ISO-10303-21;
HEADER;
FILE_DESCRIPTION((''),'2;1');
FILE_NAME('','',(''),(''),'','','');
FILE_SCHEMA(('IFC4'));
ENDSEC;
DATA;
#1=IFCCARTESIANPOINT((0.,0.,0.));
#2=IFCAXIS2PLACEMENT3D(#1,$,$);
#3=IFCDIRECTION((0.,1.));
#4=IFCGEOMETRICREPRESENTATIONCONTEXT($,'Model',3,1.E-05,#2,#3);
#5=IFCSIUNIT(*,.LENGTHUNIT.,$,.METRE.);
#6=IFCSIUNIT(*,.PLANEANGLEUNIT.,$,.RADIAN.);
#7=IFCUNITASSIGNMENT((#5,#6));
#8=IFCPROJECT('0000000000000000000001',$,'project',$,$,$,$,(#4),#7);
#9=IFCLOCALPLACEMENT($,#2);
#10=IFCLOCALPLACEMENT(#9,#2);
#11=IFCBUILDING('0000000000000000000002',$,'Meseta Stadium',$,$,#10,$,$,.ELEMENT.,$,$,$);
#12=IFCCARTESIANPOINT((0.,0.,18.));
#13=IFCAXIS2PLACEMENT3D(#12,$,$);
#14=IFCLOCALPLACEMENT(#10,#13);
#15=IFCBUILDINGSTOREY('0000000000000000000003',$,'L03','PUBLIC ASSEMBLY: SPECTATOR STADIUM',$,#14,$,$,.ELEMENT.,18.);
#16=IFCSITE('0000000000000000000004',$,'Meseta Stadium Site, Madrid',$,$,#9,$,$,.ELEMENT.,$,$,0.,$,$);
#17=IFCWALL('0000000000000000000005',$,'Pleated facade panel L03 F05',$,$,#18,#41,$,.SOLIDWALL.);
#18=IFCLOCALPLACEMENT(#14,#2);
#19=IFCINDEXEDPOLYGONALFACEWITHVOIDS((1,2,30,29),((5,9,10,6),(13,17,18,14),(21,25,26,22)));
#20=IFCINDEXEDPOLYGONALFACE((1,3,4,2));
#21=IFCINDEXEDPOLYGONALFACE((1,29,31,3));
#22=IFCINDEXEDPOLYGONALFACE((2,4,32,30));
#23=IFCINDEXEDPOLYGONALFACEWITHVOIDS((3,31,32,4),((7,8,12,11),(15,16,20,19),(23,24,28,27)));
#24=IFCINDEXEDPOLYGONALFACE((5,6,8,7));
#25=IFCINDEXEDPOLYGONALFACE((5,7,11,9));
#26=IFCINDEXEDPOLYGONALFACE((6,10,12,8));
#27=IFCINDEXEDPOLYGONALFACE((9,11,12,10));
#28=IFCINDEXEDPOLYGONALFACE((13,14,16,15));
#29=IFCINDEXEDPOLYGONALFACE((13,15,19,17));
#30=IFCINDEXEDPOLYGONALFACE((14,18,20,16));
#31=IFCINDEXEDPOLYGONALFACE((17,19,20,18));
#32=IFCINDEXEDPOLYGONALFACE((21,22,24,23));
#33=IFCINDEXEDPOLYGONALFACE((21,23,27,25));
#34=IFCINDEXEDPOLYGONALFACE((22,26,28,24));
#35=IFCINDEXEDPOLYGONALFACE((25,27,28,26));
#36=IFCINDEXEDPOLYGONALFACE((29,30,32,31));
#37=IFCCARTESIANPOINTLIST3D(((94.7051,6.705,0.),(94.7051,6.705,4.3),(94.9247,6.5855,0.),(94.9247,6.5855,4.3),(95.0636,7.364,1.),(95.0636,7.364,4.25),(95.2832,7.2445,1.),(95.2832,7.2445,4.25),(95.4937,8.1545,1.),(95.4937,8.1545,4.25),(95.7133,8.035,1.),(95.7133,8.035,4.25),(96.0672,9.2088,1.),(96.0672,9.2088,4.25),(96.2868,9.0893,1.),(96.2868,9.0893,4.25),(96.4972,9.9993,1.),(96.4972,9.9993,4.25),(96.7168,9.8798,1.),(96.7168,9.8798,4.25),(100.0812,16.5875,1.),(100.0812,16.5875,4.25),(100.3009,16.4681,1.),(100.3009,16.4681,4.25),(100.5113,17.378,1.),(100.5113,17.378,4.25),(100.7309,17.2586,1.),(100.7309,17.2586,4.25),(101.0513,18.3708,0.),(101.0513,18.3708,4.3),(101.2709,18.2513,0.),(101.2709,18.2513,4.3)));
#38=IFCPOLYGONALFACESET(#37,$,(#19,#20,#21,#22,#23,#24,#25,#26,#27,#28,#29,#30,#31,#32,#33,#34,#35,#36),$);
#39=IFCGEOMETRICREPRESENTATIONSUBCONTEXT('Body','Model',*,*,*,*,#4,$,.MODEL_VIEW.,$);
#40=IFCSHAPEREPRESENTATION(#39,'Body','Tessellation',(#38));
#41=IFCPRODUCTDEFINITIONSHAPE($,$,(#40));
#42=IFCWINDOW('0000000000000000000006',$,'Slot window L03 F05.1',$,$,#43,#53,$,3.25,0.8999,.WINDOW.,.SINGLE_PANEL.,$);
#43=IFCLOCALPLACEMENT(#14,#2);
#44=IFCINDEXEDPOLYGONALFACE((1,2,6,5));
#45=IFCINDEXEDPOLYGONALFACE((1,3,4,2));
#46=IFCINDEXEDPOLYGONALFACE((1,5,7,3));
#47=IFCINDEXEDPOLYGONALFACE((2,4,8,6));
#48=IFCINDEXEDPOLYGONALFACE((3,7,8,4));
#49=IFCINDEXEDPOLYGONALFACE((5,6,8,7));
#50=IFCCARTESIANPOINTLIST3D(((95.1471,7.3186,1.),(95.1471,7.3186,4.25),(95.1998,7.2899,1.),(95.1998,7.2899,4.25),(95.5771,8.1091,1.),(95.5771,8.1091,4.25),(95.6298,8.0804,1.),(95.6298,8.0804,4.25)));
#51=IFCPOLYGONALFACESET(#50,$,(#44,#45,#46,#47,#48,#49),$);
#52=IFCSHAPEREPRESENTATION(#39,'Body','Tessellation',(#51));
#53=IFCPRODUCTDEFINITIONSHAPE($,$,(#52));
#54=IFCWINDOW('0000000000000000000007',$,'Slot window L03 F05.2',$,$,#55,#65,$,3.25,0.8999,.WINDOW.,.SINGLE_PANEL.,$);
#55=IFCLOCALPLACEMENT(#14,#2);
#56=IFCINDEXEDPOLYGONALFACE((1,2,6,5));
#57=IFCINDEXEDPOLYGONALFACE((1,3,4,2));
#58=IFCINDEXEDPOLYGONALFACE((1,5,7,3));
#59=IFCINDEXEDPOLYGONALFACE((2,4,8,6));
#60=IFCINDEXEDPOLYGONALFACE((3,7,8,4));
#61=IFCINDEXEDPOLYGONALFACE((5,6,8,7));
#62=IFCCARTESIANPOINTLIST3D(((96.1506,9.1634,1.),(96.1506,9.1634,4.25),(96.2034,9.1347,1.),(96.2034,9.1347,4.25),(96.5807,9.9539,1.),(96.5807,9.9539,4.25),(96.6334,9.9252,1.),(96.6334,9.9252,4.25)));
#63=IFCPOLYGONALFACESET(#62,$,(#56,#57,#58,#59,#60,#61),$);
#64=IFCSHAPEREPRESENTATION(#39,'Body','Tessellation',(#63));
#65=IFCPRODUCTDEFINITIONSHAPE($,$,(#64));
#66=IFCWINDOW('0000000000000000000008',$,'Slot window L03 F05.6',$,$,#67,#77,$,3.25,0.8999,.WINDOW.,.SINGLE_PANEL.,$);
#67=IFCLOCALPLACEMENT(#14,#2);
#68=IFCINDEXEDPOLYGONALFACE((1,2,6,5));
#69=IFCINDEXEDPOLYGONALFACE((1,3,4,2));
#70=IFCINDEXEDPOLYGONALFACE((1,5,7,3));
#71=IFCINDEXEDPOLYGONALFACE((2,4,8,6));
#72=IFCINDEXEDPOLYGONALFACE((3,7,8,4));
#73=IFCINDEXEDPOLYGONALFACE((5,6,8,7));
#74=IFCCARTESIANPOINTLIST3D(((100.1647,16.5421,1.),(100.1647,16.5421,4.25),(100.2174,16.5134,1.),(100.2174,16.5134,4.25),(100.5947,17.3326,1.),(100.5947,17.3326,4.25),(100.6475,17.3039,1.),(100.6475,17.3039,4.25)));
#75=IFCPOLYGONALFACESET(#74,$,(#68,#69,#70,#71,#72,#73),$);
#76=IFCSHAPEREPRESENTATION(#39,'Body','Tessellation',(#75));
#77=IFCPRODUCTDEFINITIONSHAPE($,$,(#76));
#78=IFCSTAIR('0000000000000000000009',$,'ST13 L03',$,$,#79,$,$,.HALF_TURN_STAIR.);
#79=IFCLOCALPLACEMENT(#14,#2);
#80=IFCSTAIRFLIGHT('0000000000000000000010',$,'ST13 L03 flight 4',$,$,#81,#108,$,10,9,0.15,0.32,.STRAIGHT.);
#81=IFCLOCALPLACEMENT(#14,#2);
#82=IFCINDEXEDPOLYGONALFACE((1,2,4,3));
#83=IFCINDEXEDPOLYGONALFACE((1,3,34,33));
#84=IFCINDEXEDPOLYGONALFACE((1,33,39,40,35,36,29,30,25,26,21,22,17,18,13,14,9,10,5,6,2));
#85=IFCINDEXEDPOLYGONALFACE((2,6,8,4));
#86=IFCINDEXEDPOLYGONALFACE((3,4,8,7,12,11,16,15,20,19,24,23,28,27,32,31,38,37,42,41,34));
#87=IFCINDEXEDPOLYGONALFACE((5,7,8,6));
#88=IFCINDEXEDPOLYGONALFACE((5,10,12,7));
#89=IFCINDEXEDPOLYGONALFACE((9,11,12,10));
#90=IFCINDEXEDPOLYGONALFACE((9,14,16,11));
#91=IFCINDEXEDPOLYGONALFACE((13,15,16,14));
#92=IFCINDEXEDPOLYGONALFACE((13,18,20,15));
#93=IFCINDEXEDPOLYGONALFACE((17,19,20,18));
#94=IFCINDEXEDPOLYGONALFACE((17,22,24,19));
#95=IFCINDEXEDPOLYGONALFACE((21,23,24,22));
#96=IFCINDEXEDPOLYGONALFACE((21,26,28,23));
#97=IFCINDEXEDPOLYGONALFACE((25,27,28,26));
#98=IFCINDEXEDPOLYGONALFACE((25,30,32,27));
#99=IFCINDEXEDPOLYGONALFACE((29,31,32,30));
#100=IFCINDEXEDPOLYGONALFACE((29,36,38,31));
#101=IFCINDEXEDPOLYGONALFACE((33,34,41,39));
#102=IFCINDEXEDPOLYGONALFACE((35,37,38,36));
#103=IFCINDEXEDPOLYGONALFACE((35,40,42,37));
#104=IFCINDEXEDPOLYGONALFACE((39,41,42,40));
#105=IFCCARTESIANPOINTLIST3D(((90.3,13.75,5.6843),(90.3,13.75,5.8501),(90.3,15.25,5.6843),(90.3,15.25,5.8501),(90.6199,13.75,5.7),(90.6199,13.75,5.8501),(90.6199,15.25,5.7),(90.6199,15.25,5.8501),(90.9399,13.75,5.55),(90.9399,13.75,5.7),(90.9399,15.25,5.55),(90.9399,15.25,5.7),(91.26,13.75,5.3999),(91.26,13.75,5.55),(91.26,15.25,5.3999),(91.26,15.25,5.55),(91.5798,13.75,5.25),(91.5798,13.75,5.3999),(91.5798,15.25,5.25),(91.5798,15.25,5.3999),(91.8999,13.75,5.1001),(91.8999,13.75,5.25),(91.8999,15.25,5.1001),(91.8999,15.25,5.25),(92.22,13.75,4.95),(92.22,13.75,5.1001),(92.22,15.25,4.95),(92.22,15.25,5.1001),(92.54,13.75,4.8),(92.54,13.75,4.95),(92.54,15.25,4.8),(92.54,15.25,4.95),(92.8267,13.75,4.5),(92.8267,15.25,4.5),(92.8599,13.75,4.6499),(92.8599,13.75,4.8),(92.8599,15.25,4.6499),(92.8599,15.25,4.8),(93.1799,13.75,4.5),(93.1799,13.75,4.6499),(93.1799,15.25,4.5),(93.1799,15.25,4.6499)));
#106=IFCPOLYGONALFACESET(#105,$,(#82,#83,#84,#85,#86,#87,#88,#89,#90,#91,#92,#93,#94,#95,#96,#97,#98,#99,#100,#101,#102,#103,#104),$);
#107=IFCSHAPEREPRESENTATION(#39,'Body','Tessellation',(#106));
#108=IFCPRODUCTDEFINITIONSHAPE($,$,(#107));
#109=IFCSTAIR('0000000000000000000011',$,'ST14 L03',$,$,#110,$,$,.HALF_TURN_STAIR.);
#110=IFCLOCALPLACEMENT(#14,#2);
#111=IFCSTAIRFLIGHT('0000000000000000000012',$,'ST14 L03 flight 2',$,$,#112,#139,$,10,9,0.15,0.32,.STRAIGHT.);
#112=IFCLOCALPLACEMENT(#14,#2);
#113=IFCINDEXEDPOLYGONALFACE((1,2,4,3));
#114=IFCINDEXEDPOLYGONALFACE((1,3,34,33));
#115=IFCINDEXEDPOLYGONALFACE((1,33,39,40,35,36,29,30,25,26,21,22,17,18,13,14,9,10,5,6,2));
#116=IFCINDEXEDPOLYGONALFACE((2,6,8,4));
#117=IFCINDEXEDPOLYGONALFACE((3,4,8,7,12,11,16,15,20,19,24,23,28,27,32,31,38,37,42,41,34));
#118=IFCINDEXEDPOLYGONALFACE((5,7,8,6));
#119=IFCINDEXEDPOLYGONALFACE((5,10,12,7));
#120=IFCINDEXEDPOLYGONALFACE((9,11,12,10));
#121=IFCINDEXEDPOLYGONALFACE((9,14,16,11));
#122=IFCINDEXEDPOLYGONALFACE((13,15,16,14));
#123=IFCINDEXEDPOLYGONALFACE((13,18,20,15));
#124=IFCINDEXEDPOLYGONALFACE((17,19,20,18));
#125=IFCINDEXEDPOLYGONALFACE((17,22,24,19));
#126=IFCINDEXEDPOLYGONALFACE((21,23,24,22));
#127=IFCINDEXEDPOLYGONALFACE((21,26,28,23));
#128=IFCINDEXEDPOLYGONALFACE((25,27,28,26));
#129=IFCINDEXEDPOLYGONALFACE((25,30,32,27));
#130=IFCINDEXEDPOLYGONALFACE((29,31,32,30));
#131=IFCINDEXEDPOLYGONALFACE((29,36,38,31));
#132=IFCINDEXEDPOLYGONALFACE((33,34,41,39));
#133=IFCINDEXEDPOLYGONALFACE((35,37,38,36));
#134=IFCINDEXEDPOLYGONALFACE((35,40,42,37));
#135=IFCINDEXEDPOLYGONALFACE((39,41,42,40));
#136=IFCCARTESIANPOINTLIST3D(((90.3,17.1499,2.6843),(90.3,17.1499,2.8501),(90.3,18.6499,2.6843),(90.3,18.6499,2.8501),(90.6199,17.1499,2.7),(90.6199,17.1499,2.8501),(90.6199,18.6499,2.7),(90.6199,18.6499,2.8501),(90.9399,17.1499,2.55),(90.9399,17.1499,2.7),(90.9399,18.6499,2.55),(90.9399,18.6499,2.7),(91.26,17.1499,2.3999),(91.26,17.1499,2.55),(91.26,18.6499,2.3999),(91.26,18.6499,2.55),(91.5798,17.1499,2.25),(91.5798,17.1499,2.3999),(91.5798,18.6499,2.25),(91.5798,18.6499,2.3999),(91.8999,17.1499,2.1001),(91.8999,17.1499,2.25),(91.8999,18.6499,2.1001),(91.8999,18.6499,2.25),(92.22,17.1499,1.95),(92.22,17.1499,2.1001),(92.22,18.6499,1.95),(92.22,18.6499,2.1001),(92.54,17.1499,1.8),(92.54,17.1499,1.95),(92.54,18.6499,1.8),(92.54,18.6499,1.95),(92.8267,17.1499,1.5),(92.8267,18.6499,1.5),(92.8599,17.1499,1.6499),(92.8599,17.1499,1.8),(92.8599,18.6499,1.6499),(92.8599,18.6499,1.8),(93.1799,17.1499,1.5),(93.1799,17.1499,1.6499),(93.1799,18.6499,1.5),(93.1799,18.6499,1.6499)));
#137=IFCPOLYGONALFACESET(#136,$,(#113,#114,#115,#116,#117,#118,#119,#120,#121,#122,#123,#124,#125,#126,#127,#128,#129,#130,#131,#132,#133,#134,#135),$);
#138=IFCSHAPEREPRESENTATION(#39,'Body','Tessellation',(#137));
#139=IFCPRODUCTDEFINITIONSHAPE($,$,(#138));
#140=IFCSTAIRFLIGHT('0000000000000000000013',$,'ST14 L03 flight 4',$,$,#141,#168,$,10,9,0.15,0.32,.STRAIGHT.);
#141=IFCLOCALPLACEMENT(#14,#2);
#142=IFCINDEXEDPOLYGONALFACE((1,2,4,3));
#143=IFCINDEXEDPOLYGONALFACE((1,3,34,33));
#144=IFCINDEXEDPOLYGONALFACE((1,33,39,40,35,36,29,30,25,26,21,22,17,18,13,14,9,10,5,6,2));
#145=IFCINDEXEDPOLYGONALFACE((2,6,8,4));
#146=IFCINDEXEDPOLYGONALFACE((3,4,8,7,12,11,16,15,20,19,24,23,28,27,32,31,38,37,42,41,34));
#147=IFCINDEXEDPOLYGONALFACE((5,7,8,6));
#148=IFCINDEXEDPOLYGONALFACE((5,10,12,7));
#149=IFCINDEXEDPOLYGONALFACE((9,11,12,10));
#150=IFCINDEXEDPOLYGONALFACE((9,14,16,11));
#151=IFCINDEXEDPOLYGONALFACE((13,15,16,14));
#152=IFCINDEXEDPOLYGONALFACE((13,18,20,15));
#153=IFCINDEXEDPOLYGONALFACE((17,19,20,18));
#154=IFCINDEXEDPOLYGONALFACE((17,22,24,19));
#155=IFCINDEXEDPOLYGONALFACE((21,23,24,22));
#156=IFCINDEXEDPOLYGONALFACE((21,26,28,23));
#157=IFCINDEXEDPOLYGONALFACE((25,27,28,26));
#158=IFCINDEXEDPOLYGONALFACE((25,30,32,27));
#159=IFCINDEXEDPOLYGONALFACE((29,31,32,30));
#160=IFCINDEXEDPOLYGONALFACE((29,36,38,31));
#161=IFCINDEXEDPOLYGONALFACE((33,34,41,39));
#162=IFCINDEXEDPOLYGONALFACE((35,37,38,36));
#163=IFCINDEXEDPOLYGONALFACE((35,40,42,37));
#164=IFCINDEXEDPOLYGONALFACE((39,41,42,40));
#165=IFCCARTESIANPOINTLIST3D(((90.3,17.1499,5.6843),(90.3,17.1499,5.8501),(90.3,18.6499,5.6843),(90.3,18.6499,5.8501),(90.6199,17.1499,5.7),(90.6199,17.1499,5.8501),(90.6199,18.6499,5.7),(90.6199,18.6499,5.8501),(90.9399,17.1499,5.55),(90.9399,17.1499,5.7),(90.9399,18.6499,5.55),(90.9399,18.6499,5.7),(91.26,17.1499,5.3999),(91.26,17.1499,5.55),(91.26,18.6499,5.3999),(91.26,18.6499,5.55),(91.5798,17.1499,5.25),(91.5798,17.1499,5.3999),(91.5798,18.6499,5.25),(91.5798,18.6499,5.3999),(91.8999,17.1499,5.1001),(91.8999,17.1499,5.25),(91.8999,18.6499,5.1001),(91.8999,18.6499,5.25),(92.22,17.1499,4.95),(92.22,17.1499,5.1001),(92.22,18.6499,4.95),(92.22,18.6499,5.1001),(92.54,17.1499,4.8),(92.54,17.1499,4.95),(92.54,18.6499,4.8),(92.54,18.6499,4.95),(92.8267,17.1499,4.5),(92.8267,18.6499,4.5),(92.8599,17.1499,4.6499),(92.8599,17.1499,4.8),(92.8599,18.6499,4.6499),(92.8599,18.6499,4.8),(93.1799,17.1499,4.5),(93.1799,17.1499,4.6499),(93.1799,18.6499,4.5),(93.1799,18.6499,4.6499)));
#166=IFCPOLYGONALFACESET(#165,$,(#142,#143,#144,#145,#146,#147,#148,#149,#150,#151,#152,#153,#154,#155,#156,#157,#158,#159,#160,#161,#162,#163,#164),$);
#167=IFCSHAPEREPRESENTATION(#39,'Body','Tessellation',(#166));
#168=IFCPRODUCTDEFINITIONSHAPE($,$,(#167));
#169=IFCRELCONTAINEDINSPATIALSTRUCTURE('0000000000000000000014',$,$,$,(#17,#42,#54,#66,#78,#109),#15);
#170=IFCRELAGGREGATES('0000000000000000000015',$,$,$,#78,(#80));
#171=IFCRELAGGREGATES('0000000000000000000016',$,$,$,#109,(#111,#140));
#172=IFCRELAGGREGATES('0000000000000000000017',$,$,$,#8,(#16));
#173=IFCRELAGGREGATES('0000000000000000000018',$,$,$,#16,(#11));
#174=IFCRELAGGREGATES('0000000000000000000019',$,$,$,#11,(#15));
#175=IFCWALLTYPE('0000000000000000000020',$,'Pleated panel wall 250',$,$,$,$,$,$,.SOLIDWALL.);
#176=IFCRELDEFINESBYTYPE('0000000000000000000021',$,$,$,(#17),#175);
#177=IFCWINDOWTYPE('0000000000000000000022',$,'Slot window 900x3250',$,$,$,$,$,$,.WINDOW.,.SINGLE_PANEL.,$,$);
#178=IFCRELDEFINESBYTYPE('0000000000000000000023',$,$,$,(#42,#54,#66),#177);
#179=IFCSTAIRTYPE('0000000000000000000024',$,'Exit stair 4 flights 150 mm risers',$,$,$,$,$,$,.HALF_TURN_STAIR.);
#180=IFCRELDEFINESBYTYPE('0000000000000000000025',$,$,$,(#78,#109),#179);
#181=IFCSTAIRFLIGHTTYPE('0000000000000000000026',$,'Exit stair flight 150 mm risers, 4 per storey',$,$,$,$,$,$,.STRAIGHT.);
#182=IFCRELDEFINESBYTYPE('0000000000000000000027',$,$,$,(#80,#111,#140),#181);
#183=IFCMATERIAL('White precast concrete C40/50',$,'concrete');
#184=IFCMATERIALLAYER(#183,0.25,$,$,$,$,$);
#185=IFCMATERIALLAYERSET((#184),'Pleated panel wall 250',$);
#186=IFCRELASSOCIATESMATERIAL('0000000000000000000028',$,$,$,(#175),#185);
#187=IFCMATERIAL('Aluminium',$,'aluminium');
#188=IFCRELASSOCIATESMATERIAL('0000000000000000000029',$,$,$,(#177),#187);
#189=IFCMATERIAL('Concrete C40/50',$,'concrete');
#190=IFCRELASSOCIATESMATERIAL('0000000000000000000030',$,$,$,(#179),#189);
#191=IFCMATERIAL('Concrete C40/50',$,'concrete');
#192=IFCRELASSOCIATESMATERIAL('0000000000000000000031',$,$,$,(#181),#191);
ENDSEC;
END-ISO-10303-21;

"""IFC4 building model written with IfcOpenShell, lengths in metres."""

from ifc_helpers import new_model, si_unit, direction, frame, frame_2d, origin, place, context, subcontext, project, spatial, polyline, rectangle, outline, extrude, material, layer, layer_set, type_object, element, fill, aggregate, save


model = new_model("IFC4")

# Units and contexts
model_context = context("Model", 3, precision=1e-05, world=origin(), true_north=direction((0.0, 1.0)))
body_context = subcontext(model_context, "Body", "Model", "MODEL_VIEW")
ifc_project = project(units=[si_unit("LENGTHUNIT", "METRE"), si_unit("PLANEANGLEUNIT", "RADIAN")], contexts=[model_context])

# Site, building, storey
site_placement = place(None, origin())
site = spatial("IfcSite", under=ifc_project, at=site_placement, Name="Meseta Stadium Site, Madrid", CompositionType="ELEMENT", RefElevation=0.0)
building_placement = place(site_placement, origin())
building = spatial("IfcBuilding", under=site, at=building_placement, Name="Meseta Stadium", CompositionType="ELEMENT")
storey_placement = place(building_placement, frame((0.0, 0.0, 18.0)))
storey = spatial("IfcBuildingStorey", under=building, at=storey_placement, Name="L03", Description="PUBLIC ASSEMBLY: SPECTATOR STADIUM", CompositionType="ELEMENT", Elevation=18.0)

# Wall, openings, windows
ifc_material_1 = material(Name="White precast concrete C40/50", Category="concrete")
ifc_layer_1 = layer(ifc_material_1, 0.25)
ifc_layer_set_1 = layer_set([ifc_layer_1], Name="Pleated panel wall 250")
wall_type_1 = type_object("IfcWallType", Name="Pleated panel wall 250", PredefinedType="SOLIDWALL", material=ifc_layer_set_1)
wall_1_placement = place(storey_placement, frame((101.1611, 18.311, 0.0), z_axis=(0.0, 0.0, 1.0), x_axis=(-0.477868, -0.878432, 0.0)))
wall_1 = element("IfcWall", 1, at=wall_1_placement, inside=storey, type_object=wall_type_1, Name="Pleated facade panel L03 F05", PredefinedType="SOLIDWALL", context=body_context, shape_type="SweptSolid", body=[
    extrude(rectangle(XDim=13.2803, YDim=0.25, at=frame_2d((6.6401, 0.0))), origin(), (0.0, 0.0, 1.0), 4.3),
])
opening_1_placement = place(wall_1_placement, frame((11.6301, 0.0, 1.0)))
opening_1 = element("IfcOpeningElement", 2, at=opening_1_placement, cuts=wall_1, PredefinedType="OPENING", context=body_context, shape_type="SweptSolid", body=[
    extrude(rectangle(XDim=0.8999, YDim=3.25, at=frame_2d((0.45, 1.625))), frame((0.0, 0.135, 0.0), z_axis=(0.0, -1.0, 0.0), x_axis=(1.0, 0.0, 0.0)), (0.0, 0.0, 1.0), 0.27),
])
opening_2_placement = place(wall_1_placement, frame((9.53, 0.0, 1.0)))
opening_2 = element("IfcOpeningElement", 3, at=opening_2_placement, cuts=wall_1, PredefinedType="OPENING", context=body_context, shape_type="SweptSolid", body=[
    extrude(rectangle(XDim=0.8999, YDim=3.25, at=frame_2d((0.45, 1.625))), frame((0.0, 0.135, 0.0), z_axis=(0.0, -1.0, 0.0), x_axis=(1.0, 0.0, 0.0)), (0.0, 0.0, 1.0), 0.27),
])
opening_3_placement = place(wall_1_placement, frame((1.1301, 0.0, 1.0)))
opening_3 = element("IfcOpeningElement", 4, at=opening_3_placement, cuts=wall_1, PredefinedType="OPENING", context=body_context, shape_type="SweptSolid", body=[
    extrude(rectangle(XDim=0.8999, YDim=3.25, at=frame_2d((0.45, 1.625))), frame((0.0, 0.135, 0.0), z_axis=(0.0, -1.0, 0.0), x_axis=(1.0, 0.0, 0.0)), (0.0, 0.0, 1.0), 0.27),
])
ifc_material_2 = material(Name="Aluminium", Category="aluminium")
window_type = type_object("IfcWindowType", Name="Slot window 900x3250", PartitioningType="SINGLE_PANEL", PredefinedType="WINDOW", material=ifc_material_2)
window_1_placement = place(opening_1_placement, origin())
window_1 = element("IfcWindow", 5, at=window_1_placement, inside=storey, type_object=window_type, Name="Slot window L03 F05.1", OverallHeight=3.25, OverallWidth=0.8999, PartitioningType="SINGLE_PANEL", PredefinedType="WINDOW", context=body_context, shape_type="SweptSolid", body=[
    extrude(rectangle(XDim=0.8999, YDim=3.25, at=frame_2d((0.45, 1.625))), frame((0.0, 0.03, 0.0), z_axis=(0.0, -1.0, 0.0), x_axis=(1.0, 0.0, 0.0)), (0.0, 0.0, 1.0), 0.0601),
])
fill(opening_1, window_1)
window_2_placement = place(opening_2_placement, origin())
window_2 = element("IfcWindow", 6, at=window_2_placement, inside=storey, type_object=window_type, Name="Slot window L03 F05.2", OverallHeight=3.25, OverallWidth=0.8999, PartitioningType="SINGLE_PANEL", PredefinedType="WINDOW", context=body_context, shape_type="SweptSolid", body=[
    extrude(rectangle(XDim=0.8999, YDim=3.25, at=frame_2d((0.45, 1.625))), frame((0.0, 0.03, 0.0), z_axis=(0.0, -1.0, 0.0), x_axis=(1.0, 0.0, 0.0)), (0.0, 0.0, 1.0), 0.0601),
])
fill(opening_2, window_2)
window_3_placement = place(opening_3_placement, origin())
window_3 = element("IfcWindow", 7, at=window_3_placement, inside=storey, type_object=window_type, Name="Slot window L03 F05.6", OverallHeight=3.25, OverallWidth=0.8999, PartitioningType="SINGLE_PANEL", PredefinedType="WINDOW", context=body_context, shape_type="SweptSolid", body=[
    extrude(rectangle(XDim=0.8999, YDim=3.25, at=frame_2d((0.45, 1.625))), frame((0.0, 0.03, 0.0), z_axis=(0.0, -1.0, 0.0), x_axis=(1.0, 0.0, 0.0)), (0.0, 0.0, 1.0), 0.0601),
])
fill(opening_3, window_3)

# Stair, stair flight
ifc_material_3 = material(Name="Concrete C40/50", Category="concrete")
stair_type = type_object("IfcStairType", Name="Exit stair 4 flights 150 mm risers", PredefinedType="HALF_TURN_STAIR", material=ifc_material_3)
stair_1_placement = place(storey_placement, origin())
stair_1 = element("IfcStair", 8, at=stair_1_placement, inside=storey, type_object=stair_type, Name="ST13 L03", PredefinedType="HALF_TURN_STAIR")
ifc_material_4 = material(Name="Concrete C40/50", Category="concrete")
stair_flight_type = type_object("IfcStairFlightType", Name="Exit stair flight 150 mm risers, 4 per storey", PredefinedType="STRAIGHT", material=ifc_material_4)
stair_flight_1_placement = place(storey_placement, frame((93.1799, 14.5, 4.5), z_axis=(0.0, 0.0, 1.0), x_axis=(-1.0, 0.0, 0.0)))
stair_flight_1 = element("IfcStairFlight", 9, at=stair_flight_1_placement, type_object=stair_flight_type, Name="ST13 L03 flight 4", NumberOfRisers=10, NumberOfTreads=9, PredefinedType="STRAIGHT", RiserHeight=0.15, TreadLength=0.32, context=body_context, shape_type="SweptSolid", body=[
    extrude(outline(polyline([(0.0, 0.0), (0.0, 0.1499), (0.3201, 0.1499), (0.3201, 0.3), (0.6399, 0.3), (0.6399, 0.45), (0.96, 0.45), (0.96, 0.6001), (1.28, 0.6001), (1.28, 0.75), (1.6001, 0.75), (1.6001, 0.8999), (1.9199, 0.8999), (1.9199, 1.05), (2.24, 1.05), (2.24, 1.2), (2.5601, 1.2), (2.5601, 1.3501), (2.8799, 1.3501), (2.8799, 1.1843), (0.3533, 0.0), (0.0, 0.0)])), frame((0.0, 0.75, 0.0), z_axis=(0.0, -1.0, 0.0), x_axis=(1.0, 0.0, 0.0)), (0.0, 0.0, 1.0), 1.5),
])
aggregate(stair_1, [stair_flight_1])

# Stair, stair flights
stair_2_placement = place(storey_placement, origin())
stair_2 = element("IfcStair", 10, at=stair_2_placement, inside=storey, type_object=stair_type, Name="ST14 L03", PredefinedType="HALF_TURN_STAIR")
stair_flight_2_placement = place(storey_placement, frame((93.1799, 17.8999, 1.5), z_axis=(0.0, 0.0, 1.0), x_axis=(-1.0, 0.0, 0.0)))
stair_flight_2 = element("IfcStairFlight", 11, at=stair_flight_2_placement, type_object=stair_flight_type, Name="ST14 L03 flight 2", NumberOfRisers=10, NumberOfTreads=9, PredefinedType="STRAIGHT", RiserHeight=0.15, TreadLength=0.32, context=body_context, shape_type="SweptSolid", body=[
    extrude(outline(polyline([(0.0, 0.0), (0.0, 0.1499), (0.3201, 0.1499), (0.3201, 0.3), (0.6399, 0.3), (0.6399, 0.45), (0.96, 0.45), (0.96, 0.6001), (1.28, 0.6001), (1.28, 0.75), (1.6001, 0.75), (1.6001, 0.8999), (1.9199, 0.8999), (1.9199, 1.05), (2.24, 1.05), (2.24, 1.2), (2.5601, 1.2), (2.5601, 1.3501), (2.8799, 1.3501), (2.8799, 1.1843), (0.3533, 0.0), (0.0, 0.0)])), frame((0.0, 0.75, 0.0), z_axis=(0.0, -1.0, 0.0), x_axis=(1.0, 0.0, 0.0)), (0.0, 0.0, 1.0), 1.5),
])
stair_flight_3_placement = place(storey_placement, frame((93.1799, 17.8999, 4.5), z_axis=(0.0, 0.0, 1.0), x_axis=(-1.0, 0.0, 0.0)))
stair_flight_3 = element("IfcStairFlight", 12, at=stair_flight_3_placement, type_object=stair_flight_type, Name="ST14 L03 flight 4", NumberOfRisers=10, NumberOfTreads=9, PredefinedType="STRAIGHT", RiserHeight=0.15, TreadLength=0.32, context=body_context, shape_type="SweptSolid", body=[
    extrude(outline(polyline([(0.0, 0.0), (0.0, 0.1499), (0.3201, 0.1499), (0.3201, 0.3), (0.6399, 0.3), (0.6399, 0.45), (0.96, 0.45), (0.96, 0.6001), (1.28, 0.6001), (1.28, 0.75), (1.6001, 0.75), (1.6001, 0.8999), (1.9199, 0.8999), (1.9199, 1.05), (2.24, 1.05), (2.24, 1.2), (2.5601, 1.2), (2.5601, 1.3501), (2.8799, 1.3501), (2.8799, 1.1843), (0.3533, 0.0), (0.0, 0.0)])), frame((0.0, 0.75, 0.0), z_axis=(0.0, -1.0, 0.0), x_axis=(1.0, 0.0, 0.0)), (0.0, 0.0, 1.0), 1.5),
])
aggregate(stair_2, [stair_flight_2, stair_flight_3])

save(model, "model.ifc")
